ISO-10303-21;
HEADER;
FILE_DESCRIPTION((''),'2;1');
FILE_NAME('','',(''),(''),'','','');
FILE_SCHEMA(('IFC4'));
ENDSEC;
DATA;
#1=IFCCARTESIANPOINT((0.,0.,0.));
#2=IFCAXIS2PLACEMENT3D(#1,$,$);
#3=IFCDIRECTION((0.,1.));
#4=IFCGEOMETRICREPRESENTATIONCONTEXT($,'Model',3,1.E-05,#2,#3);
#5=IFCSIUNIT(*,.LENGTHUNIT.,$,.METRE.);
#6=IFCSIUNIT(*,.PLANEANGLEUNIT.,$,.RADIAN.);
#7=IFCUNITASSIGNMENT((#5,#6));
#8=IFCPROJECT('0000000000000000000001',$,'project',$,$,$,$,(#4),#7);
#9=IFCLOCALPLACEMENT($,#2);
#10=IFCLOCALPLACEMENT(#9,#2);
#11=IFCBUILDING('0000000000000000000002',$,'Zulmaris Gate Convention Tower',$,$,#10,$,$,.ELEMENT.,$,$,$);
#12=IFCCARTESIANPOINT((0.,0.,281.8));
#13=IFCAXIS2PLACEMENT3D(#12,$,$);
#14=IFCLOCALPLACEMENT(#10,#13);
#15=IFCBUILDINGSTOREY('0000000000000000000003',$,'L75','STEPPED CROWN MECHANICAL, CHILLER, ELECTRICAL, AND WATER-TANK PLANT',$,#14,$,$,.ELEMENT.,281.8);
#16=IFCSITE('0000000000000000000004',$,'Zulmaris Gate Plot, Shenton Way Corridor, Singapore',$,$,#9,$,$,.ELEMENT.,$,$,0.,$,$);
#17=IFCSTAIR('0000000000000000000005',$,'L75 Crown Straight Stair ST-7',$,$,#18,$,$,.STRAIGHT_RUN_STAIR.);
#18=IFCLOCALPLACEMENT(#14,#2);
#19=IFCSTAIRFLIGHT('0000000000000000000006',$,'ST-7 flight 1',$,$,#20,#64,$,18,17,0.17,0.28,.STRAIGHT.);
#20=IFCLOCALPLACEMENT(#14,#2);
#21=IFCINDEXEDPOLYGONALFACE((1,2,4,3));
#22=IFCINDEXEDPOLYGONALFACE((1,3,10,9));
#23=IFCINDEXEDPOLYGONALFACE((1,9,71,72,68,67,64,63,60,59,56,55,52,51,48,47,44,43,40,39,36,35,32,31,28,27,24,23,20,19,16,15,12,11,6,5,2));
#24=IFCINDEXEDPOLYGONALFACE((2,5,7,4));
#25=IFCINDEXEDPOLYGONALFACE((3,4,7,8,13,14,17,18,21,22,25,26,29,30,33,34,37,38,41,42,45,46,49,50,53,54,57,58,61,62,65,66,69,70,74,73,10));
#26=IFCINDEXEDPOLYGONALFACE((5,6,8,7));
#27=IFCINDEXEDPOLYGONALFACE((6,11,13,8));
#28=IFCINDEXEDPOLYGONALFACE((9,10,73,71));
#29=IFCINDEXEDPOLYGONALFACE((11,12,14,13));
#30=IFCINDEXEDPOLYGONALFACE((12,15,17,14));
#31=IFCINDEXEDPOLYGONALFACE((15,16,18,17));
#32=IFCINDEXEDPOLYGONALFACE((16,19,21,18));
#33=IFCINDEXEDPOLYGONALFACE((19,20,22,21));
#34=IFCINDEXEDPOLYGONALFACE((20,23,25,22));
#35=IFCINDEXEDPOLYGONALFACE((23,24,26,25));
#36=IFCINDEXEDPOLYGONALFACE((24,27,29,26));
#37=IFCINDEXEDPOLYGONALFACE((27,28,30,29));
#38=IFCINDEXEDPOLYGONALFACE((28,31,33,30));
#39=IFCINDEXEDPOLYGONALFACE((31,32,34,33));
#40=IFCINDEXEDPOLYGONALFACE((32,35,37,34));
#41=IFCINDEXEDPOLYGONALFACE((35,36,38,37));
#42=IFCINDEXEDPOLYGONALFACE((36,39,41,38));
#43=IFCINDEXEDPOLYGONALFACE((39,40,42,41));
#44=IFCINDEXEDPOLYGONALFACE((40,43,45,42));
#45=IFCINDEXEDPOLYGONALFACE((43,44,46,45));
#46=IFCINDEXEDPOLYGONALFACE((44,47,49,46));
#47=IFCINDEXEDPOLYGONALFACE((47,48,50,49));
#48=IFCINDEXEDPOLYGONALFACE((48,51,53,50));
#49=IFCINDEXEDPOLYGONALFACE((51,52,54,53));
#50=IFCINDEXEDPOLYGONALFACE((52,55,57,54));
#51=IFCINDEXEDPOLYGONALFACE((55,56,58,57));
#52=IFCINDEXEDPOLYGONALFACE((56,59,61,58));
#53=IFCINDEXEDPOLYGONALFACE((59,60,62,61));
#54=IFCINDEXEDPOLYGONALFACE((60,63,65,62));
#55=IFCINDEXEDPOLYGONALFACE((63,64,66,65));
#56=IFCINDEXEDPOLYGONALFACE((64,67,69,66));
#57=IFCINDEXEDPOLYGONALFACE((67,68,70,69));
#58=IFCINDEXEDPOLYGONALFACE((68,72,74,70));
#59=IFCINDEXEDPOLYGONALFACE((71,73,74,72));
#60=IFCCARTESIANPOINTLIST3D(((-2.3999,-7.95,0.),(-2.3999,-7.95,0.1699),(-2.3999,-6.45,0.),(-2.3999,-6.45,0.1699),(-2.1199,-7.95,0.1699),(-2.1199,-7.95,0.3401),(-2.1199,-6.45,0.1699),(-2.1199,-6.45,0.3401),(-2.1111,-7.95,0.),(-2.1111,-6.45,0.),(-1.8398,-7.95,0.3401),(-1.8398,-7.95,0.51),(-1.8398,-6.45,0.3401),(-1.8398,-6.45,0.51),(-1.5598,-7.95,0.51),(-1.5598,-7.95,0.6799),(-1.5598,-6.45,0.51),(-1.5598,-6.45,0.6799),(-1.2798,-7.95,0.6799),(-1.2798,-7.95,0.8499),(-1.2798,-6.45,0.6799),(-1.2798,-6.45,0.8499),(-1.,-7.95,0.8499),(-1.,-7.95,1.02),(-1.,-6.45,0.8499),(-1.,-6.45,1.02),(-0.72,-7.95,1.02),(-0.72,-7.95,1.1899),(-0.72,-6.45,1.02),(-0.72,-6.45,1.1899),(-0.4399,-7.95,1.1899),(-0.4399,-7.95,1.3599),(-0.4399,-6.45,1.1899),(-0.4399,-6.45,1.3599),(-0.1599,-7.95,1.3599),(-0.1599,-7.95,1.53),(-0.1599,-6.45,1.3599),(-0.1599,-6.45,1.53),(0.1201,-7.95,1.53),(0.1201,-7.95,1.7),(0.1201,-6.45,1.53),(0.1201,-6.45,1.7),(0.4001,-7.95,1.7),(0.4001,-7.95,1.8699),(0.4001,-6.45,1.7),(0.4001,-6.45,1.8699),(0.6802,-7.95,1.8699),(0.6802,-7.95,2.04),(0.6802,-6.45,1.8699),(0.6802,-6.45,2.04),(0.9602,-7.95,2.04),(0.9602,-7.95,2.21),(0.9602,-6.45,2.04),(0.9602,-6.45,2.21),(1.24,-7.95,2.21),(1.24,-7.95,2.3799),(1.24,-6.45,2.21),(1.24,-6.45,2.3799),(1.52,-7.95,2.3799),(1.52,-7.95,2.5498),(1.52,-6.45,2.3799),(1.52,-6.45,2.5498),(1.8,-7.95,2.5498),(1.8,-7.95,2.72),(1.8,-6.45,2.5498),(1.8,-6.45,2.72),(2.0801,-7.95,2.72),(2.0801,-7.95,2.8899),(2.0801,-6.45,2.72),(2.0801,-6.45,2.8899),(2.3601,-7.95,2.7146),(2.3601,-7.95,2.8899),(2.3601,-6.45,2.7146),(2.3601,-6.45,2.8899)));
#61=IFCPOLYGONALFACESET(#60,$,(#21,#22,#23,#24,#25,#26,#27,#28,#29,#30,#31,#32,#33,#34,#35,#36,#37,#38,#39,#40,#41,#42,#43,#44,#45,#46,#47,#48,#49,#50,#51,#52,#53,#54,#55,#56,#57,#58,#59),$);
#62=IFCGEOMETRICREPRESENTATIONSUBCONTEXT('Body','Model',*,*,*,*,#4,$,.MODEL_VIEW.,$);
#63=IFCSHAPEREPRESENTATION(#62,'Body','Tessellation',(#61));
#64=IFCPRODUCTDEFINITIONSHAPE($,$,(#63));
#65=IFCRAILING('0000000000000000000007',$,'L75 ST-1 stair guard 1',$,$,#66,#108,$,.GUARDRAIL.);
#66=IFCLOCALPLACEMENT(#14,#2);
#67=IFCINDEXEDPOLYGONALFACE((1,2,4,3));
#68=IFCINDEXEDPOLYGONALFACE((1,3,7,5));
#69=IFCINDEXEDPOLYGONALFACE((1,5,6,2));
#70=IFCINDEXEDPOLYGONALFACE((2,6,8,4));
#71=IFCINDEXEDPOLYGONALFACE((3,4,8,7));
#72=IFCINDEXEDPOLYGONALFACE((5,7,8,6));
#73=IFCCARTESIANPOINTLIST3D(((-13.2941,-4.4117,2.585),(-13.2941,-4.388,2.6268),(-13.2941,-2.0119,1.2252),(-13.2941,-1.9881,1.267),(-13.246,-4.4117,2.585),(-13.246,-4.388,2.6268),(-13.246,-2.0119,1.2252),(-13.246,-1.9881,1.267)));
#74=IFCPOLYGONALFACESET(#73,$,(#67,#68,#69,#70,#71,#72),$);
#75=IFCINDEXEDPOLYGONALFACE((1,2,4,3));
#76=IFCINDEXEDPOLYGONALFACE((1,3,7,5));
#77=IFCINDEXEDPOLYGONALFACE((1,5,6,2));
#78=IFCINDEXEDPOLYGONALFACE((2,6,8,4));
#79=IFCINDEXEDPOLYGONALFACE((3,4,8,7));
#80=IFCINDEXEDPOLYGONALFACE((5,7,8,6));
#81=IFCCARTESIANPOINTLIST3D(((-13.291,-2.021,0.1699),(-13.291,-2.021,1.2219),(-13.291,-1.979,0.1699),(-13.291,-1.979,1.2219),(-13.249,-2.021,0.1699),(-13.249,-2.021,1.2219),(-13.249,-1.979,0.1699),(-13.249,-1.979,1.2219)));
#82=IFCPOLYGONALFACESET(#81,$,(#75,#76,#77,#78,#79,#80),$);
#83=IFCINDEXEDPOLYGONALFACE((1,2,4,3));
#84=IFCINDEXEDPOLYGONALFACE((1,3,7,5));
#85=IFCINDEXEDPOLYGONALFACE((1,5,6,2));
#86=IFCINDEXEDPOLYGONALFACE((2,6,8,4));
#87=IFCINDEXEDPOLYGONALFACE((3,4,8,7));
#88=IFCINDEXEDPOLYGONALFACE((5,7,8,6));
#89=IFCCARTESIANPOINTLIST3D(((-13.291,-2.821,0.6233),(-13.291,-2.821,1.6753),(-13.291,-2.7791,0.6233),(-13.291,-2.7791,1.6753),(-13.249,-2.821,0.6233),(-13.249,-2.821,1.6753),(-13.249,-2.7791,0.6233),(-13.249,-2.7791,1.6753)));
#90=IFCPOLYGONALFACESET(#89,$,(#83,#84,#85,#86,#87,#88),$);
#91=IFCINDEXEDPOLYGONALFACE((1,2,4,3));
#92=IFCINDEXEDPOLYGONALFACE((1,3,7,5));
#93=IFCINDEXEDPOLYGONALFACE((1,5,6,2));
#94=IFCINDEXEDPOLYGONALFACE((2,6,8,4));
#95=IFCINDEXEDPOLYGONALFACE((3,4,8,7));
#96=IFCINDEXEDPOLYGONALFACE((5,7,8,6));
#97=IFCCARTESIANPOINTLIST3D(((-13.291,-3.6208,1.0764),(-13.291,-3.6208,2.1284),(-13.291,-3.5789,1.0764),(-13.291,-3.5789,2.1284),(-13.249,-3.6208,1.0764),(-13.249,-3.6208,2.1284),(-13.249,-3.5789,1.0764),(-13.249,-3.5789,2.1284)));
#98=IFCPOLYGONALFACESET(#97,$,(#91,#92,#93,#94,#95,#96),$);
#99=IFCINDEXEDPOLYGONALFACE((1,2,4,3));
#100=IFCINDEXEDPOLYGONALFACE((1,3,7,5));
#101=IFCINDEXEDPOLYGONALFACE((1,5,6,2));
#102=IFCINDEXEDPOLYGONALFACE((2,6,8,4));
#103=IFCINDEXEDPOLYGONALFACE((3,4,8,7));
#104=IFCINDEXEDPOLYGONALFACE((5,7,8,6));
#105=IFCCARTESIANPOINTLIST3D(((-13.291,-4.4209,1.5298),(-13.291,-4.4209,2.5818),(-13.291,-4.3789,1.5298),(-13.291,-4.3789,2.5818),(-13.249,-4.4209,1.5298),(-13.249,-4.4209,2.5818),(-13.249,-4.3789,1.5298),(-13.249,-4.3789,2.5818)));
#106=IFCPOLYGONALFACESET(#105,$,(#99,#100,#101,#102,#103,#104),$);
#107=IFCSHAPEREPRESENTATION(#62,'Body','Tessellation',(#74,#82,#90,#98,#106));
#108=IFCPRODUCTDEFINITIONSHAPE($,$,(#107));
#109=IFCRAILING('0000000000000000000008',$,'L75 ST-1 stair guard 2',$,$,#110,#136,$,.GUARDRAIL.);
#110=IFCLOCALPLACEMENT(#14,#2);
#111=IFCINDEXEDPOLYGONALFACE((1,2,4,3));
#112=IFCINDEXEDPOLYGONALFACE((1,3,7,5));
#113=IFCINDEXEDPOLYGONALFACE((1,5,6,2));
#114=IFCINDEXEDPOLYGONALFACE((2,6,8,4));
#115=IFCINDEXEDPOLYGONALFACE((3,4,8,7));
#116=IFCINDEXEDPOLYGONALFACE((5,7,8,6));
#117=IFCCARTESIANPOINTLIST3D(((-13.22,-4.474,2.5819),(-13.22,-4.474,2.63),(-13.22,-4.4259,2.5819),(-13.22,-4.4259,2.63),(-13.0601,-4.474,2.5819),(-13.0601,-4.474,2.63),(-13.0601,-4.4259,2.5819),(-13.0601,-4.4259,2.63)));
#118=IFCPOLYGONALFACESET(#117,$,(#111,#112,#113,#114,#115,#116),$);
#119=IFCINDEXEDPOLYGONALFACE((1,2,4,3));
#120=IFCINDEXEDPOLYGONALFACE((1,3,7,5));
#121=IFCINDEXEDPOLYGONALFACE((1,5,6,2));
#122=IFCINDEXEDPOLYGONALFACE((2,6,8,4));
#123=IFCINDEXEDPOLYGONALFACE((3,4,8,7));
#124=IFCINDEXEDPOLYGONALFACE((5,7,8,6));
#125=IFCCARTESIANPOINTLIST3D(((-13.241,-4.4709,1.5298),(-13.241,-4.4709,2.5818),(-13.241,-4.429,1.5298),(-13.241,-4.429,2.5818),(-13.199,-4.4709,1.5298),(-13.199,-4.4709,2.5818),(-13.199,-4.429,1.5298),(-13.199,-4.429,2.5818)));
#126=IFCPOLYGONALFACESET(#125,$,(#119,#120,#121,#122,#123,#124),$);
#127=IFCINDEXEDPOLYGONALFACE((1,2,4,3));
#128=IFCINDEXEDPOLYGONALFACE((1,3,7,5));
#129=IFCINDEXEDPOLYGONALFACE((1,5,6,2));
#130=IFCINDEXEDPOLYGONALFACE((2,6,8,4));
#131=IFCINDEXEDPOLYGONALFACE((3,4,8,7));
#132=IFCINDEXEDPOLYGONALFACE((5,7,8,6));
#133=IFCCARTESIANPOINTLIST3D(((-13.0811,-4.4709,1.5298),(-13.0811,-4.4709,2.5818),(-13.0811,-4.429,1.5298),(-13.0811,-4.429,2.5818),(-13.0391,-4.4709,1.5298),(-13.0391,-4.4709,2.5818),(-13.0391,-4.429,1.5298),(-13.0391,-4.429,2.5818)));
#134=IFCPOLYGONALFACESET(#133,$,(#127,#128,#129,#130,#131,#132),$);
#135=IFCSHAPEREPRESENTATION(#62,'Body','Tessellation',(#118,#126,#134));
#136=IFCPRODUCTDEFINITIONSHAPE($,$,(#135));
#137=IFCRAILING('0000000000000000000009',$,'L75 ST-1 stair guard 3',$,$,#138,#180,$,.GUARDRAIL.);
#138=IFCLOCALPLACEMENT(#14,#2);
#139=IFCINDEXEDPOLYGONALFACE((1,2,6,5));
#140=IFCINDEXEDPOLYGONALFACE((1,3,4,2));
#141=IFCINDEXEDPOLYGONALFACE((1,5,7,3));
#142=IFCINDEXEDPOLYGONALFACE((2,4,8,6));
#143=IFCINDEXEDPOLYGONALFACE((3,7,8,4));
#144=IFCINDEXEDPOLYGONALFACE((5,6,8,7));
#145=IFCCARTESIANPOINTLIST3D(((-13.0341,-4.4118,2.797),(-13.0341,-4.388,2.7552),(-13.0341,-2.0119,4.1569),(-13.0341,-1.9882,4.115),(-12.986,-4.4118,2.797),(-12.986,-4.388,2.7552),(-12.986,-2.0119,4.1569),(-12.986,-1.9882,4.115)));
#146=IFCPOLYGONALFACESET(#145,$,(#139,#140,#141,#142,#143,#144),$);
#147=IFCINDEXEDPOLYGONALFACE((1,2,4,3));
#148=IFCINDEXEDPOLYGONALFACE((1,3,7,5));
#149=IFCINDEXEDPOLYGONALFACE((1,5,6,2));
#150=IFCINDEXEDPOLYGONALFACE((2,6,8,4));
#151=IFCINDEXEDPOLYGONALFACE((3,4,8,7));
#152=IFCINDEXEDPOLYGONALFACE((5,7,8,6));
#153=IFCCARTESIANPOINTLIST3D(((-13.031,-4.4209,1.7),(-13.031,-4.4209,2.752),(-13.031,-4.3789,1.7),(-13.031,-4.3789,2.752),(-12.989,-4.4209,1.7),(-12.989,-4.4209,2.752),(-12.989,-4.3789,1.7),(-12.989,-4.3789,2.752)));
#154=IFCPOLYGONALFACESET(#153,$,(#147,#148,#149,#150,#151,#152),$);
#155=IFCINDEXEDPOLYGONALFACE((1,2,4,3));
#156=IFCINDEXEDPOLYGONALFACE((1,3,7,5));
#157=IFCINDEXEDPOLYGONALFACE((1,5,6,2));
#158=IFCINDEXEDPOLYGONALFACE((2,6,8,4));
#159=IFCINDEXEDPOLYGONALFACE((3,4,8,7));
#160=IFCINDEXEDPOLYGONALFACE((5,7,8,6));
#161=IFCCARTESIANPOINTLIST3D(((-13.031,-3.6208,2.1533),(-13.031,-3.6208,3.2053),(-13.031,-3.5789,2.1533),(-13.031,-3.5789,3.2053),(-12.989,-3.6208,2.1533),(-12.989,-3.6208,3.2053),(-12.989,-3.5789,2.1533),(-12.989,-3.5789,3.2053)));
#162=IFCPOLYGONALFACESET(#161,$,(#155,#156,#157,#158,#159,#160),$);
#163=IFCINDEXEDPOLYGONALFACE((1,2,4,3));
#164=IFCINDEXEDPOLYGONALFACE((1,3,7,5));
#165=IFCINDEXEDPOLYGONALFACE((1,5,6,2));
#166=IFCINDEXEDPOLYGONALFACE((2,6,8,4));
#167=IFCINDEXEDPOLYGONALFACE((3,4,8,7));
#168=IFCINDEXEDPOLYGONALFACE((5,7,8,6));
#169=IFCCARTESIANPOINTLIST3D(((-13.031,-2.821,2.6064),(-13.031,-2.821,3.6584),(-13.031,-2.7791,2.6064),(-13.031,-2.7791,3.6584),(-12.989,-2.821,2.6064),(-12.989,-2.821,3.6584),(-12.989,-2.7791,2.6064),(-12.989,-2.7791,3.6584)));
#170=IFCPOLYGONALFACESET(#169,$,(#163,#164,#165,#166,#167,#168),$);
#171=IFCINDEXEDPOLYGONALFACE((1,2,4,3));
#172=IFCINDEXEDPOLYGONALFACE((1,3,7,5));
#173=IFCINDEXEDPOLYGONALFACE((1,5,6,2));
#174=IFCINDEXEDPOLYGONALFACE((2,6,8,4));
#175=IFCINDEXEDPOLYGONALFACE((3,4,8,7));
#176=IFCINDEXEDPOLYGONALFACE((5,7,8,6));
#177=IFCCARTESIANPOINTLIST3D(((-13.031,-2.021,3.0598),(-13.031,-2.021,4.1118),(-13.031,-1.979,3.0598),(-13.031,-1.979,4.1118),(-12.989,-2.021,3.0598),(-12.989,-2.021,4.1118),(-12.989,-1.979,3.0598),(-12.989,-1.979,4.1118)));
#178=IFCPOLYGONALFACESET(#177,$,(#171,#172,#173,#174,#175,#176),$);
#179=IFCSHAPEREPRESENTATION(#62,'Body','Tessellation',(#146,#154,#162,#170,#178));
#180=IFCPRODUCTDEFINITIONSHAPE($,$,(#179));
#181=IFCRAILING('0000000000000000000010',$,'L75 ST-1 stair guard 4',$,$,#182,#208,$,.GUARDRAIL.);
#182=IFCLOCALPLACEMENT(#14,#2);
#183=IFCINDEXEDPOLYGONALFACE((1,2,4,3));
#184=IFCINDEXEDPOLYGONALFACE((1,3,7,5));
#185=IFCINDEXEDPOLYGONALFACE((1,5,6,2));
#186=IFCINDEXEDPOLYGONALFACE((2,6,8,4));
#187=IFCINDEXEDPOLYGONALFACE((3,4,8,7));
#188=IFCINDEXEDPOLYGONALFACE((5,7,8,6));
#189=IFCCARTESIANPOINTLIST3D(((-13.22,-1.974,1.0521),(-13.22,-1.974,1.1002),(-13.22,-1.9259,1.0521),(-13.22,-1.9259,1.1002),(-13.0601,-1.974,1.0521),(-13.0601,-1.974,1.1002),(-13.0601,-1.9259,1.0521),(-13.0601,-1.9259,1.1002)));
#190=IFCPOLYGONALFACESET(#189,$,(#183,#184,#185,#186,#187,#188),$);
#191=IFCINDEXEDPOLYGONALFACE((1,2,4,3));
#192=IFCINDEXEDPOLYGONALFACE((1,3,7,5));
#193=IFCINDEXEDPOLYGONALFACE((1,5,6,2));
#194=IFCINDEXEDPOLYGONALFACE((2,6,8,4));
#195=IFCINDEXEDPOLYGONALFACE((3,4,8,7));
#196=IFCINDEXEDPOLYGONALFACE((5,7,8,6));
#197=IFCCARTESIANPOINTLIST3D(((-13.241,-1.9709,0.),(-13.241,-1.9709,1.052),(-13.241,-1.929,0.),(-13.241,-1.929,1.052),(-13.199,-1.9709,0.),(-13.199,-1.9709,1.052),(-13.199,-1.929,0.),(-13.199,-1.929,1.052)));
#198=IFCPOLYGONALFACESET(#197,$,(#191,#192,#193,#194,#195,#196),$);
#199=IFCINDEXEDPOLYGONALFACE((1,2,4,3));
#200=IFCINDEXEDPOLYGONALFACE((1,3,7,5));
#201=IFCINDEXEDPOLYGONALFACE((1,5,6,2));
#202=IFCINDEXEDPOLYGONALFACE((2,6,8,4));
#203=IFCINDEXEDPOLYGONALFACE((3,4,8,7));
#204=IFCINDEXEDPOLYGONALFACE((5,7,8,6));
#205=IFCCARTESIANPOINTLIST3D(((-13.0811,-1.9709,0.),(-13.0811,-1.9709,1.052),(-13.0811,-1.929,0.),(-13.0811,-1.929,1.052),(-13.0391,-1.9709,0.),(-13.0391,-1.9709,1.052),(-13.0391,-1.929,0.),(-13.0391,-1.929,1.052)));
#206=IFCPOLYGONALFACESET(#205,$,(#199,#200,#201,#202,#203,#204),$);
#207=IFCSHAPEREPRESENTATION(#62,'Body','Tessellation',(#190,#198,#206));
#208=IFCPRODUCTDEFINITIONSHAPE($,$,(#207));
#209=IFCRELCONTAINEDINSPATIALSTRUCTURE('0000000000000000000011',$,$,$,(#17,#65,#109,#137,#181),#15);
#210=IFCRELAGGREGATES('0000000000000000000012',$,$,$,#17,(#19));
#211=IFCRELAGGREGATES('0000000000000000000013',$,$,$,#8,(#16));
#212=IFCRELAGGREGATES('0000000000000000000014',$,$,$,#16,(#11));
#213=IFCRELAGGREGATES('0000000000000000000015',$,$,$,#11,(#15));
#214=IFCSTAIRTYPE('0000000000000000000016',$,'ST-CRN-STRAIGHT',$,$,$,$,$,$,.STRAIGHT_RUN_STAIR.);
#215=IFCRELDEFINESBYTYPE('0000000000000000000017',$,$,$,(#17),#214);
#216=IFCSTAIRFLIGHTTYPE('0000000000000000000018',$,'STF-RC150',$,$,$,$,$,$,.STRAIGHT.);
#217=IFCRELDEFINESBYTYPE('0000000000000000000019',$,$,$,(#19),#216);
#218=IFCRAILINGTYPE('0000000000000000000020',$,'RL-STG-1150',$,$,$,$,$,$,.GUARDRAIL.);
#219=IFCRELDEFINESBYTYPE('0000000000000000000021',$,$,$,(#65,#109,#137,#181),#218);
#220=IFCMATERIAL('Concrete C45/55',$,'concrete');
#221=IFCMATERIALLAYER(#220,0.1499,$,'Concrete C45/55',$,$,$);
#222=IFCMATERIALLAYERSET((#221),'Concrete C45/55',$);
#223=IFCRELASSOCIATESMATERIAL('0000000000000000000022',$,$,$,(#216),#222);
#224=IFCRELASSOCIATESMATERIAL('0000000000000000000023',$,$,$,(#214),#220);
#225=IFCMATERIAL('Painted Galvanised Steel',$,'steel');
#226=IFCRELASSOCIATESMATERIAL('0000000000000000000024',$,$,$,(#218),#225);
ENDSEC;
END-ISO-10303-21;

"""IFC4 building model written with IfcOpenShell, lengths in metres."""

from ifc_helpers import new_model, si_unit, direction, frame, origin, origin_2d, place, context, subcontext, project, spatial, polyline, rectangle, outline, extrude, material, layer, layer_set, type_object, element, aggregate, save


model = new_model("IFC4")

# Units and contexts
model_context = context("Model", 3, precision=1e-05, world=origin(), true_north=direction((0.0, 1.0)))
body_context = subcontext(model_context, "Body", "Model", "MODEL_VIEW")
ifc_project = project(units=[si_unit("LENGTHUNIT", "METRE"), si_unit("PLANEANGLEUNIT", "RADIAN")], contexts=[model_context])

# Site, building, storey
site_placement = place(None, origin())
site = spatial("IfcSite", under=ifc_project, at=site_placement, Name="Zulmaris Gate Plot, Shenton Way Corridor, Singapore", CompositionType="ELEMENT", RefElevation=0.0)
building_placement = place(site_placement, origin())
building = spatial("IfcBuilding", under=site, at=building_placement, Name="Zulmaris Gate Convention Tower", CompositionType="ELEMENT")
storey_placement = place(building_placement, frame((0.0, 0.0, 281.8)))
storey = spatial("IfcBuildingStorey", under=building, at=storey_placement, Name="L75", Description="STEPPED CROWN MECHANICAL, CHILLER, ELECTRICAL, AND WATER-TANK PLANT", CompositionType="ELEMENT", Elevation=281.8)

# Shared definitions
ifc_material_1 = material(Name="Concrete C45/55", Category="concrete")
ifc_layer_1 = layer(ifc_material_1, 0.1499, Name="Concrete C45/55")
ifc_layer_set_1 = layer_set([ifc_layer_1], Name="Concrete C45/55")
stair_flight_type = type_object("IfcStairFlightType", Name="STF-RC150", PredefinedType="STRAIGHT", material=ifc_layer_set_1)

# Stair, stair flight
stair_type_1 = type_object("IfcStairType", Name="ST-CRN-STRAIGHT", PredefinedType="STRAIGHT_RUN_STAIR", material=ifc_material_1)
stair_1_placement = place(storey_placement, origin())
stair_1 = element("IfcStair", 1, at=stair_1_placement, inside=storey, type_object=stair_type_1, Name="L75 Crown Straight Stair ST-7", PredefinedType="STRAIGHT_RUN_STAIR")
stair_flight_1_placement = place(storey_placement, frame((-2.3999, -7.2, 0.0), z_axis=(0.0, 0.0, 1.0), x_axis=(1.0, 0.0, 0.0)))
stair_flight_1 = element("IfcStairFlight", 2, at=stair_flight_1_placement, type_object=stair_flight_type, Name="ST-7 flight 1", NumberOfRisers=18, NumberOfTreads=17, PredefinedType="STRAIGHT", RiserHeight=0.17, TreadLength=0.28, context=body_context, shape_type="SweptSolid", body=[
    extrude(outline(polyline([(0.0, 0.0), (0.0, 0.1699), (0.28, 0.1699), (0.28, 0.3401), (0.5601, 0.3401), (0.5601, 0.51), (0.8401, 0.51), (0.8401, 0.6799), (1.1201, 0.6799), (1.1201, 0.8499), (1.3999, 0.8499), (1.3999, 1.02), (1.6799, 1.02), (1.6799, 1.1899), (1.96, 1.1899), (1.96, 1.3599), (2.24, 1.3599), (2.24, 1.53), (2.52, 1.53), (2.52, 1.7), (2.8, 1.7), (2.8, 1.8699), (3.0801, 1.8699), (3.0801, 2.04), (3.3601, 2.04), (3.3601, 2.21), (3.6399, 2.21), (3.6399, 2.3799), (3.9199, 2.3799), (3.9199, 2.5498), (4.2, 2.5498), (4.2, 2.72), (4.48, 2.72), (4.48, 2.8899), (4.76, 2.8899), (4.76, 3.0598), (4.76, 2.7146), (0.2888, 0.0), (0.0, 0.0)])), frame((0.0, 0.75, 0.0), z_axis=(0.0, -1.0, 0.0), x_axis=(1.0, 0.0, 0.0)), (0.0, 0.0, 1.0), 1.5),
])
aggregate(stair_1, [stair_flight_1])

# Railings
ifc_material_2 = material(Name="Painted Galvanised Steel", Category="steel")
railing_type_1 = type_object("IfcRailingType", Name="RL-STG-1150", PredefinedType="GUARDRAIL", material=ifc_material_2)
railing_1_placement = place(storey_placement, frame((-13.27, -2.0, 0.1699)))
element("IfcRailing", 3, at=railing_1_placement, inside=storey, type_object=railing_type_1, Name="L75 ST-1 stair guard 1", PredefinedType="GUARDRAIL", context=body_context, shape_type="SweptSolid", body=[
    extrude(rectangle(XDim=0.0481, YDim=0.0481, at=origin_2d()), frame((0.0, 0.0, 1.0762), z_axis=(0.0, -0.870035, 0.49299), x_axis=(1.0, 0.0, 0.0)), (0.0, 0.0, 1.0), 2.7583),
    extrude(rectangle(XDim=0.042, YDim=0.042, at=origin_2d()), origin(), (0.0, 0.0, 1.0), 1.052),
    extrude(rectangle(XDim=0.042, YDim=0.042, at=origin_2d()), frame((0.0, -0.8, 0.4534)), (0.0, 0.0, 1.0), 1.052),
    extrude(rectangle(XDim=0.042, YDim=0.042, at=origin_2d()), frame((0.0, -1.5999, 0.9065)), (0.0, 0.0, 1.0), 1.052),
    extrude(rectangle(XDim=0.042, YDim=0.042, at=origin_2d()), frame((0.0, -2.3999, 1.3599)), (0.0, 0.0, 1.0), 1.052),
])
railing_2_placement = place(storey_placement, frame((-13.22, -4.45, 1.5298)))
element("IfcRailing", 4, at=railing_2_placement, inside=storey, type_object=railing_type_1, Name="L75 ST-1 stair guard 2", PredefinedType="GUARDRAIL", context=body_context, shape_type="SweptSolid", body=[
    extrude(rectangle(XDim=0.0481, YDim=0.0481, at=origin_2d()), frame((0.0, 0.0, 1.0762), z_axis=(1.0, 0.0, 0.0), x_axis=(0.0, 1.0, 0.0)), (0.0, 0.0, 1.0), 0.1599),
    extrude(rectangle(XDim=0.042, YDim=0.042, at=origin_2d()), origin(), (0.0, 0.0, 1.0), 1.052),
    extrude(rectangle(XDim=0.042, YDim=0.042, at=origin_2d()), frame((0.1599, 0.0, 0.0)), (0.0, 0.0, 1.0), 1.052),
])
railing_3_placement = place(storey_placement, frame((-13.01, -4.3999, 1.7)))
element("IfcRailing", 5, at=railing_3_placement, inside=storey, type_object=railing_type_1, Name="L75 ST-1 stair guard 3", PredefinedType="GUARDRAIL", context=body_context, shape_type="SweptSolid", body=[
    extrude(rectangle(XDim=0.0481, YDim=0.0481, at=origin_2d()), frame((0.0, 0.0, 1.0762), z_axis=(0.0, 0.870035, 0.49299), x_axis=(-1.0, 0.0, 0.0)), (0.0, 0.0, 1.0), 2.7583),
    extrude(rectangle(XDim=0.042, YDim=0.042, at=origin_2d()), origin(), (0.0, 0.0, 1.0), 1.052),
    extrude(rectangle(XDim=0.042, YDim=0.042, at=origin_2d()), frame((0.0, 0.8, 0.4534)), (0.0, 0.0, 1.0), 1.052),
    extrude(rectangle(XDim=0.042, YDim=0.042, at=origin_2d()), frame((0.0, 1.5999, 0.9065)), (0.0, 0.0, 1.0), 1.052),
    extrude(rectangle(XDim=0.042, YDim=0.042, at=origin_2d()), frame((0.0, 2.3999, 1.3599)), (0.0, 0.0, 1.0), 1.052),
])
railing_4_placement = place(storey_placement, frame((-13.22, -1.95, 0.0)))
element("IfcRailing", 6, at=railing_4_placement, inside=storey, type_object=railing_type_1, Name="L75 ST-1 stair guard 4", PredefinedType="GUARDRAIL", context=body_context, shape_type="SweptSolid", body=[
    extrude(rectangle(XDim=0.0481, YDim=0.0481, at=origin_2d()), frame((0.0, 0.0, 1.0762), z_axis=(1.0, 0.0, 0.0), x_axis=(0.0, 1.0, 0.0)), (0.0, 0.0, 1.0), 0.1599),
    extrude(rectangle(XDim=0.042, YDim=0.042, at=origin_2d()), origin(), (0.0, 0.0, 1.0), 1.052),
    extrude(rectangle(XDim=0.042, YDim=0.042, at=origin_2d()), frame((0.1599, 0.0, 0.0)), (0.0, 0.0, 1.0), 1.052),
])

save(model, "model.ifc")
